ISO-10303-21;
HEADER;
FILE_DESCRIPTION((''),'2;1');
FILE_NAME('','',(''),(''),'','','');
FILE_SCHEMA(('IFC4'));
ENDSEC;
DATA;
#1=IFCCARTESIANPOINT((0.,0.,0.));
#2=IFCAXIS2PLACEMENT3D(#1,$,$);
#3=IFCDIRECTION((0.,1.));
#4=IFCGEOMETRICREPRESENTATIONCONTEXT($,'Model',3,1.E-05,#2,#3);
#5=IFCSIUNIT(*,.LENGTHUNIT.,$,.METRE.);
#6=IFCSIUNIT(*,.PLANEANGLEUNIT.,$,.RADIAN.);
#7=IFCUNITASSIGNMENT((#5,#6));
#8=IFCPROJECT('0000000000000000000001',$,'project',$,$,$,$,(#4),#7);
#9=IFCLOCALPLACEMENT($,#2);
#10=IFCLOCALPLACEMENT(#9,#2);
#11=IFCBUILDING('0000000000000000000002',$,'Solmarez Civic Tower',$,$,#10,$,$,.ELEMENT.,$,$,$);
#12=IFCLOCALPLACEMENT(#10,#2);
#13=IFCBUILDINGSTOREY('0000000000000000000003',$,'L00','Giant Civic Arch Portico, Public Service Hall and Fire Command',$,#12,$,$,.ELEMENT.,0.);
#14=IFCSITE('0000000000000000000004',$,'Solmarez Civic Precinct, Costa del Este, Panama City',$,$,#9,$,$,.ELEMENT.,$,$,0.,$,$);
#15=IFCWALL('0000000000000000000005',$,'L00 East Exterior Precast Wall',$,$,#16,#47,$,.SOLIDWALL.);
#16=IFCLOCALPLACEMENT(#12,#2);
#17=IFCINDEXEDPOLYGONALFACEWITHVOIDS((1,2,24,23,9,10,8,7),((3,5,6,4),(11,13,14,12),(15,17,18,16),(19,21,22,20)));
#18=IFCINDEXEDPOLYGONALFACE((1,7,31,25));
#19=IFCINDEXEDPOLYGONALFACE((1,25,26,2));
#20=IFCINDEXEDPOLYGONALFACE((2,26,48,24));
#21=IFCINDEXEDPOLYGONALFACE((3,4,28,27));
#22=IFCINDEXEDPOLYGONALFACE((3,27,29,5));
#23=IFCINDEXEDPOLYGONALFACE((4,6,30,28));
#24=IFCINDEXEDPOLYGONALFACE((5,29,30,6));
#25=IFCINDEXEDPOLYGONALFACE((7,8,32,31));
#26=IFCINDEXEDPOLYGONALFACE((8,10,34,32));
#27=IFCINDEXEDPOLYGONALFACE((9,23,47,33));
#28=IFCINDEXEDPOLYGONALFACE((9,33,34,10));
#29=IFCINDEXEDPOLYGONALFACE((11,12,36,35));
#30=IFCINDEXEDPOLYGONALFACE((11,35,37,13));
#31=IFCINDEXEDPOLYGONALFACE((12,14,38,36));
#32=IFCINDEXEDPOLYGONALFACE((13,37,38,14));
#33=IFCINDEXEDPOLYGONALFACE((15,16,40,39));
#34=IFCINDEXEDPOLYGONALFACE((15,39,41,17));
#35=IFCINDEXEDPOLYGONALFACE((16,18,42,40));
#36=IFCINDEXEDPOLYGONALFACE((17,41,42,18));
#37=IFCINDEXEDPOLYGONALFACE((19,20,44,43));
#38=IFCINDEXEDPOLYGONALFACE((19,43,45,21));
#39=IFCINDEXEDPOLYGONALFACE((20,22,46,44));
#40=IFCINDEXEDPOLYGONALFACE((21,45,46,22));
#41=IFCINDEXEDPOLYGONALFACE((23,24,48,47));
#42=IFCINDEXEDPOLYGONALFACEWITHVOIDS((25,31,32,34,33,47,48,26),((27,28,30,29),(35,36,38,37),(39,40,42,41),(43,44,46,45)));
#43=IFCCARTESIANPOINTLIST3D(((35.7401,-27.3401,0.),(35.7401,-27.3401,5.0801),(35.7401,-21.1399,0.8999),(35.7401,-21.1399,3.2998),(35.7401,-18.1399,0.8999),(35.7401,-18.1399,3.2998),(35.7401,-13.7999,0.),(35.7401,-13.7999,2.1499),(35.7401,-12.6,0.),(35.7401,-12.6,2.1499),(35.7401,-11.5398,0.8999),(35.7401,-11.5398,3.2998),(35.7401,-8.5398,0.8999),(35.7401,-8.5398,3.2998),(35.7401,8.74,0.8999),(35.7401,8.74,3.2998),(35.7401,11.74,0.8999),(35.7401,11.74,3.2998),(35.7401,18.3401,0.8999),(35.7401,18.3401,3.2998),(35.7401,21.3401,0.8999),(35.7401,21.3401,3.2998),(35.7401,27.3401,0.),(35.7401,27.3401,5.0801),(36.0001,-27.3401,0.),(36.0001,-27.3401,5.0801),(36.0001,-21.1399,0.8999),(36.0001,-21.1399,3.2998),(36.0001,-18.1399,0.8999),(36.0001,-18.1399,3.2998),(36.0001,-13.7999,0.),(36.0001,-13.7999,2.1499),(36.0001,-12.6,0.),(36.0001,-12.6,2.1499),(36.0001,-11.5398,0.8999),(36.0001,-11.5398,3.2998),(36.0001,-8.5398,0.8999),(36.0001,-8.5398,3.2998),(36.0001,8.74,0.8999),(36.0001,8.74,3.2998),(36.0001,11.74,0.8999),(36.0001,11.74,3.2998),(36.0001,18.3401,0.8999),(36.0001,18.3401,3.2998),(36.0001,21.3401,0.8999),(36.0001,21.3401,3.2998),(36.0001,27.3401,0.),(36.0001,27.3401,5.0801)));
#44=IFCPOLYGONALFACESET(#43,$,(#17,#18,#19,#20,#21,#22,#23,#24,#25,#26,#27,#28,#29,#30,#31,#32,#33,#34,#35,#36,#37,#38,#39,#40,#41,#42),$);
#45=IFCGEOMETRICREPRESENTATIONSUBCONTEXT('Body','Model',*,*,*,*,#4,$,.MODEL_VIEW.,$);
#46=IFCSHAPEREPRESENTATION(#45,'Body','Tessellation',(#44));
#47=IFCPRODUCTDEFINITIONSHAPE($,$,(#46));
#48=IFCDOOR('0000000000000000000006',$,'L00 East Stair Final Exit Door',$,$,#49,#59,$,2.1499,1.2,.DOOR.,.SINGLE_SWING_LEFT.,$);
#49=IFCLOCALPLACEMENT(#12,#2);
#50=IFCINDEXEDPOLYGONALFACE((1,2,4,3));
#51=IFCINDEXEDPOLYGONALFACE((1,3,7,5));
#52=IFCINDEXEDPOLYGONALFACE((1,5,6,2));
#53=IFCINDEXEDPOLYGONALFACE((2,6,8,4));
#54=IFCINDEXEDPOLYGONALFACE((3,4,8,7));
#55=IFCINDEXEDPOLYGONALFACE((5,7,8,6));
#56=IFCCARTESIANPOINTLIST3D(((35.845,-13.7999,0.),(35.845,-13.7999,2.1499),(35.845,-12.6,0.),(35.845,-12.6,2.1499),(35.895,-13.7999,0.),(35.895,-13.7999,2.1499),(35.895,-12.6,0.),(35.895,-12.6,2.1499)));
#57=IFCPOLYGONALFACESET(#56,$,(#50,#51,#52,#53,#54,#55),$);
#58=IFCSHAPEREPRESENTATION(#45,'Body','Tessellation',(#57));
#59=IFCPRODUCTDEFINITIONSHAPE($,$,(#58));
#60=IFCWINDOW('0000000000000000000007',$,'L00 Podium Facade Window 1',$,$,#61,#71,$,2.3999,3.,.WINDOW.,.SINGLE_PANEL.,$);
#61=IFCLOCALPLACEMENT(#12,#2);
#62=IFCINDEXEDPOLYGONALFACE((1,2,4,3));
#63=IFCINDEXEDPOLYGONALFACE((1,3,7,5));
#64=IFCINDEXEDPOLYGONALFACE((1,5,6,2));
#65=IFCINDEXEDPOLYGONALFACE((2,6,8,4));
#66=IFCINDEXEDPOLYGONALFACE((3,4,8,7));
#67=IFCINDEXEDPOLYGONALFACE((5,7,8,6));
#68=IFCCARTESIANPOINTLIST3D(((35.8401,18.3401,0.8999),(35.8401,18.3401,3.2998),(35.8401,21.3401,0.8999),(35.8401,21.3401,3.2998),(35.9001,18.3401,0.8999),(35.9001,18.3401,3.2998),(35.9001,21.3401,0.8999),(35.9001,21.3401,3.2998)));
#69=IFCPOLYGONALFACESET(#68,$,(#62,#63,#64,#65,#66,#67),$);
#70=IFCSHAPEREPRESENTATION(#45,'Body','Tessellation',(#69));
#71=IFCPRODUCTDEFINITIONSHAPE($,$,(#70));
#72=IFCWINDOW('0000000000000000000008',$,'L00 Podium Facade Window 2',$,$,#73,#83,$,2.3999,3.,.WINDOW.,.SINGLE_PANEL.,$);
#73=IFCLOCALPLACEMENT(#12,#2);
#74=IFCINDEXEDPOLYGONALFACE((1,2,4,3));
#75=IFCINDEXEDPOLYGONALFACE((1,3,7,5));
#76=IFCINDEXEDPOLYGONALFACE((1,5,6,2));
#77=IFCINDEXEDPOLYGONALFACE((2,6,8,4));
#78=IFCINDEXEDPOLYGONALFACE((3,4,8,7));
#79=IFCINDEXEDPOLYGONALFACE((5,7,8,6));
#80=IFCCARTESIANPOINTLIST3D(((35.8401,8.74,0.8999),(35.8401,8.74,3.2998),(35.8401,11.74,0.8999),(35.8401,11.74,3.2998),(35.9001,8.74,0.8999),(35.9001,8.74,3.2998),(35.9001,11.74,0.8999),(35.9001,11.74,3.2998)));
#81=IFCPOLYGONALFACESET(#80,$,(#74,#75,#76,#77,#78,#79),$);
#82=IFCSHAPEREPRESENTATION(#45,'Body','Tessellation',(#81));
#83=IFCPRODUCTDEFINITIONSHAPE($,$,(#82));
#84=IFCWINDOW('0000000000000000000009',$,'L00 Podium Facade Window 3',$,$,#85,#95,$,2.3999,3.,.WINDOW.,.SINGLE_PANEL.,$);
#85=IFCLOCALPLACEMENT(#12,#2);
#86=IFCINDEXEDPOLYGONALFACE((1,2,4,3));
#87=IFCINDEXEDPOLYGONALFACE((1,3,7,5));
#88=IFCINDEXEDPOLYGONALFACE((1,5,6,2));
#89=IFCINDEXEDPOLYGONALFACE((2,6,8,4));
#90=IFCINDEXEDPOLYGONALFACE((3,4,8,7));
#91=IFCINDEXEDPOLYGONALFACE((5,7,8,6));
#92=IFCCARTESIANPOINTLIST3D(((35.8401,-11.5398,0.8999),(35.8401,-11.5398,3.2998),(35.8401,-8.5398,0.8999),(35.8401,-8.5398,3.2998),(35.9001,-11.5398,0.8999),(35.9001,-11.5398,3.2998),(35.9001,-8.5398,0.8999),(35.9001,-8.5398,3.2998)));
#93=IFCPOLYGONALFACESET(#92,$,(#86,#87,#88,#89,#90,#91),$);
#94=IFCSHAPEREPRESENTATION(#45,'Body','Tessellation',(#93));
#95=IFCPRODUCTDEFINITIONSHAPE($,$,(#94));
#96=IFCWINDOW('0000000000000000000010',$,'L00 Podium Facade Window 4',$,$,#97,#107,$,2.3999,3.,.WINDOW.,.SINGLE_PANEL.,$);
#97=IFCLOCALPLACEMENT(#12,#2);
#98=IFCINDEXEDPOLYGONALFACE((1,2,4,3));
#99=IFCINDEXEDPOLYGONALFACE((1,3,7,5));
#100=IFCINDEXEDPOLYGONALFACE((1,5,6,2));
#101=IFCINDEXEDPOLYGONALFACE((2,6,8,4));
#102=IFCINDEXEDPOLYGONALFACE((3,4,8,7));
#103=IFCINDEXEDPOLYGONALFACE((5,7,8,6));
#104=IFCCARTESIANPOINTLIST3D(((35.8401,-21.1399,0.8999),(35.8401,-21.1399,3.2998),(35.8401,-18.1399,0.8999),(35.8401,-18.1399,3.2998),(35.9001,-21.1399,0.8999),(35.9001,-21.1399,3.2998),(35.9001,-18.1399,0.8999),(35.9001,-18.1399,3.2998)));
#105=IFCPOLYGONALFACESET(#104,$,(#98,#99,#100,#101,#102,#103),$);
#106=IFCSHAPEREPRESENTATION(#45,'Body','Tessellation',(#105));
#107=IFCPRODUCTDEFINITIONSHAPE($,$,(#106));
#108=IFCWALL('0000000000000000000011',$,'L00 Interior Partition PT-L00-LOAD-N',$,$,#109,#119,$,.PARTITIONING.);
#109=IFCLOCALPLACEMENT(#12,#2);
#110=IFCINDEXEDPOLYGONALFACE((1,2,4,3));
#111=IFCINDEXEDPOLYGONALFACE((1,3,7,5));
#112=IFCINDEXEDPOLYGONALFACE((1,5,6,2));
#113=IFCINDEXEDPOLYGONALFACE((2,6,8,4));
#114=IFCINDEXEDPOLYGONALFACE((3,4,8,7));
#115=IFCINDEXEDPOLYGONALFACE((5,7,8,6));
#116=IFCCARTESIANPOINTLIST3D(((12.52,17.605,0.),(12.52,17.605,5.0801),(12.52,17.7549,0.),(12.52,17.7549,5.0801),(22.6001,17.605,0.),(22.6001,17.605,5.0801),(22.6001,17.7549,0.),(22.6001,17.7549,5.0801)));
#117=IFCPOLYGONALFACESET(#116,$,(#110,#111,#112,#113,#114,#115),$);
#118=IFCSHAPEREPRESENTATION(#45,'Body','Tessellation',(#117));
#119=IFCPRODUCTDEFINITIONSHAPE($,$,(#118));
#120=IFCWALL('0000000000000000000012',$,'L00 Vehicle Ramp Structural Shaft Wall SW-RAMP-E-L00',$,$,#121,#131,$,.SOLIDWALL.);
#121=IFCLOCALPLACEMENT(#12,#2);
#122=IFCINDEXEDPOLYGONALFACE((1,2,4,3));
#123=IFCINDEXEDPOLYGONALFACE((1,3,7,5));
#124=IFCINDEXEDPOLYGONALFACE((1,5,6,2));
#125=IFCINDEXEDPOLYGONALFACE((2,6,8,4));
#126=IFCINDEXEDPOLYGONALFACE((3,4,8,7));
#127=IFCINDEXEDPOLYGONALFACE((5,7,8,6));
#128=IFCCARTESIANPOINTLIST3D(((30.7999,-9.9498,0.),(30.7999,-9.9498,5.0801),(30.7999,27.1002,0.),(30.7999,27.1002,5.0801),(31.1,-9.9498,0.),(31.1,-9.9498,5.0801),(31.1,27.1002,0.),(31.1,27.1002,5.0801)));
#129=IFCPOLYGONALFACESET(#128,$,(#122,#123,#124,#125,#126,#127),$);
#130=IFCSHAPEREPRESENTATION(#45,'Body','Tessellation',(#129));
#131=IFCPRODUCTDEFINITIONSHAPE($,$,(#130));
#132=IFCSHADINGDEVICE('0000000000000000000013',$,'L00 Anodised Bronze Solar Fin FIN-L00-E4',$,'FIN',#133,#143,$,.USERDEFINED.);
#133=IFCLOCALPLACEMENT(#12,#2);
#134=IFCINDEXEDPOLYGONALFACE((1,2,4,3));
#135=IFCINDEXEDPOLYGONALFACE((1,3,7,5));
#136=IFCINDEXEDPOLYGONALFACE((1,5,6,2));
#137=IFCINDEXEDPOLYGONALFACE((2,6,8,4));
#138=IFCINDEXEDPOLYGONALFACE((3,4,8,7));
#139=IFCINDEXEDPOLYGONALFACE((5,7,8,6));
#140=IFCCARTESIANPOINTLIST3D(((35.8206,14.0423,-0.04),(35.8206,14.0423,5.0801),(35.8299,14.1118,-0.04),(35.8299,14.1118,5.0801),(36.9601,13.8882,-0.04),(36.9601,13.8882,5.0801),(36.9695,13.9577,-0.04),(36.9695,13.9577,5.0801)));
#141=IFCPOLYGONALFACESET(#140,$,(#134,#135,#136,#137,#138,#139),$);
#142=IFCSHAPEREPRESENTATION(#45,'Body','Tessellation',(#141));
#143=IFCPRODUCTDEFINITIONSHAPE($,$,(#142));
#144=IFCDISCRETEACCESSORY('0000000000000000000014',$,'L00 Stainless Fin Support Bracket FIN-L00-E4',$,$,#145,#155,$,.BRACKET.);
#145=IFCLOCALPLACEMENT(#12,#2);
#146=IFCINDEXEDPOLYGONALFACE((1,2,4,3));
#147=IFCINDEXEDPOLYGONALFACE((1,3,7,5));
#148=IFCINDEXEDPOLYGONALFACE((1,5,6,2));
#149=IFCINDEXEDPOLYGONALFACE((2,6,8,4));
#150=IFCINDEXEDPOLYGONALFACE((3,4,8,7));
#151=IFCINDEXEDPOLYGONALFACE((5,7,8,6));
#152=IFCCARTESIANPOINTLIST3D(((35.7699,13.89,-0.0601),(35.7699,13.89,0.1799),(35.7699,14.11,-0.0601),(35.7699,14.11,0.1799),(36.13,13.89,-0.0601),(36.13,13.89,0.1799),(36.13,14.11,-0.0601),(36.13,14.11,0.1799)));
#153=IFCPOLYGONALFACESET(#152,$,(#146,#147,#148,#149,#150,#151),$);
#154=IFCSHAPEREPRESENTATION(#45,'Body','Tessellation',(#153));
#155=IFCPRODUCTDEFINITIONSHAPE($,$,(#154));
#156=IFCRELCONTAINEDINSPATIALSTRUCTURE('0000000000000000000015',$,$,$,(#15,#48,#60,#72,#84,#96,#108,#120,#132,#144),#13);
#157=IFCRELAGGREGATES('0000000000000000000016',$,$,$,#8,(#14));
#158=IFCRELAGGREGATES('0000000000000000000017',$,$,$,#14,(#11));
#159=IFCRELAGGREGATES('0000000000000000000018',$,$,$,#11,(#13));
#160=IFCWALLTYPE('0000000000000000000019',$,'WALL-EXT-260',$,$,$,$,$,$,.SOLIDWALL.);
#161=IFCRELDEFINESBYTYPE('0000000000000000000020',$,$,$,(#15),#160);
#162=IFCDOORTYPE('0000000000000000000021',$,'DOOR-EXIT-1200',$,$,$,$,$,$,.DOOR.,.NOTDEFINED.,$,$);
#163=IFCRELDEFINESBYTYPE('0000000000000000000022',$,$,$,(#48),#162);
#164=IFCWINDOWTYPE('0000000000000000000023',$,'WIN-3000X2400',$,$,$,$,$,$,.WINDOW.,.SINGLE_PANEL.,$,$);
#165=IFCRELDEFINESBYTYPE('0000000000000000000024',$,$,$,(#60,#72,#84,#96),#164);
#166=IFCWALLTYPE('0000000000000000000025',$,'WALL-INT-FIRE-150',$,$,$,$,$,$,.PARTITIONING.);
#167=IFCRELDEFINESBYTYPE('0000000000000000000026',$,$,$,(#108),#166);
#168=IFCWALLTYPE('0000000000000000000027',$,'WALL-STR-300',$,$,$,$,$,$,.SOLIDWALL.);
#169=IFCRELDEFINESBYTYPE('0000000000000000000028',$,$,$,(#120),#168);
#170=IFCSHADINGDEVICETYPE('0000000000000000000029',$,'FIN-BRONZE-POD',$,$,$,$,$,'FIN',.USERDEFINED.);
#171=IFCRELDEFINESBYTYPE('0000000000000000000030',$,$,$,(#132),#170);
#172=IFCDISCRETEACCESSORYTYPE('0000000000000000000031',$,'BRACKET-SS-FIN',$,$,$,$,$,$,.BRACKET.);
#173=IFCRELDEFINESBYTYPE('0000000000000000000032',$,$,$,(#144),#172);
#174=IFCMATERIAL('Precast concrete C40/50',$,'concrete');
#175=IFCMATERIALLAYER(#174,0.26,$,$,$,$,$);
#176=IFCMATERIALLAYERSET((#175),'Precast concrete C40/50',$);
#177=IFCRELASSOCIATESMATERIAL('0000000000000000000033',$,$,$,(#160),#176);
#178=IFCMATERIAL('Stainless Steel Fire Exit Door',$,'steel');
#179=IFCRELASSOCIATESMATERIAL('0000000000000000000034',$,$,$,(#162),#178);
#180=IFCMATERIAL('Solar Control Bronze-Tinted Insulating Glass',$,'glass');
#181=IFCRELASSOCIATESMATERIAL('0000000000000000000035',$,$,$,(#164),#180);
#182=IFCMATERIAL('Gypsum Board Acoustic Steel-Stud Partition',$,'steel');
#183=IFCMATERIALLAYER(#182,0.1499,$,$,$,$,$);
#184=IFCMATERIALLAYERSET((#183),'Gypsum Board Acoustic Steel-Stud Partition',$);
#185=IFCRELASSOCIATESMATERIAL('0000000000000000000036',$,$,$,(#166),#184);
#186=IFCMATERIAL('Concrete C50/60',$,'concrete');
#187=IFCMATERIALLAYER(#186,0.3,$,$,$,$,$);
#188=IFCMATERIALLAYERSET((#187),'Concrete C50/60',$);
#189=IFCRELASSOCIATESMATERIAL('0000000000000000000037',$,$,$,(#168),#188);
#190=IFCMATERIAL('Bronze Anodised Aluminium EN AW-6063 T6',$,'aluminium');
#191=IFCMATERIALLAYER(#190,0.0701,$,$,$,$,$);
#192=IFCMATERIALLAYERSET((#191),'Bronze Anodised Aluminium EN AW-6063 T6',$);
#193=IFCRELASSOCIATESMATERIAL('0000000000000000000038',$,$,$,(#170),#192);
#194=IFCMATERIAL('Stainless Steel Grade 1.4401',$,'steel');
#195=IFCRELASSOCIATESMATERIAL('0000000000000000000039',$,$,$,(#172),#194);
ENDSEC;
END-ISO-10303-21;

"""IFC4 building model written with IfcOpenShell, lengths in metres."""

from ifc_helpers import new_model, si_unit, direction, frame, frame_2d, origin, origin_2d, place, context, subcontext, project, spatial, rectangle, extrude, material, layer, layer_set, type_object, element, fill, save


model = new_model("IFC4")

# Units and contexts
model_context = context("Model", 3, precision=1e-05, world=origin(), true_north=direction((0.0, 1.0)))
body_context = subcontext(model_context, "Body", "Model", "MODEL_VIEW")
ifc_project = project(units=[si_unit("LENGTHUNIT", "METRE"), si_unit("PLANEANGLEUNIT", "RADIAN")], contexts=[model_context])

# Site, building, storey
site_placement = place(None, origin())
site = spatial("IfcSite", under=ifc_project, at=site_placement, Name="Solmarez Civic Precinct, Costa del Este, Panama City", CompositionType="ELEMENT", RefElevation=0.0)
building_placement = place(site_placement, origin())
building = spatial("IfcBuilding", under=site, at=building_placement, Name="Solmarez Civic Tower", CompositionType="ELEMENT")
storey_placement = place(building_placement, origin())
storey = spatial("IfcBuildingStorey", under=building, at=storey_placement, Name="L00", Description="Giant Civic Arch Portico, Public Service Hall and Fire Command", CompositionType="ELEMENT", Elevation=0.0)

# Shared definitions
ifc_material_1 = material(Name="Concrete C50/60", Category="concrete")

# Wall, openings, door, windows
ifc_material_2 = material(Name="Precast concrete C40/50", Category="concrete")
ifc_layer_1 = layer(ifc_material_2, 0.26)
ifc_layer_set_1 = layer_set([ifc_layer_1], Name="Precast concrete C40/50")
wall_type_1 = type_object("IfcWallType", Name="WALL-EXT-260", PredefinedType="SOLIDWALL", material=ifc_layer_set_1)
wall_1_placement = place(storey_placement, frame((35.8701, 27.3401, 0.0), z_axis=(0.0, 0.0, 1.0), x_axis=(0.0, -1.0, 0.0)))
wall_1 = element("IfcWall", 1, at=wall_1_placement, inside=storey, type_object=wall_type_1, Name="L00 East Exterior Precast Wall", PredefinedType="SOLIDWALL", context=body_context, shape_type="SweptSolid", body=[
    extrude(rectangle(XDim=54.6802, YDim=0.26, at=frame_2d((27.3401, 0.0))), origin(), (0.0, 0.0, 1.0), 5.0801),
])
opening_1_placement = place(wall_1_placement, frame((39.9399, 0.0, 0.0)))
opening_1 = element("IfcOpeningElement", 2, at=opening_1_placement, cuts=wall_1, PredefinedType="OPENING", context=body_context, shape_type="SweptSolid", body=[
    extrude(rectangle(XDim=1.2, YDim=2.1499, at=frame_2d((0.6001, 1.075))), frame((0.0, 0.1399, 0.0), z_axis=(0.0, -1.0, 0.0), x_axis=(1.0, 0.0, 0.0)), (0.0, 0.0, 1.0), 0.28),
])
opening_2_placement = place(wall_1_placement, frame((6.0, 0.0, 0.8999)))
opening_2 = element("IfcOpeningElement", 3, at=opening_2_placement, cuts=wall_1, PredefinedType="OPENING", context=body_context, shape_type="SweptSolid", body=[
    extrude(rectangle(XDim=3.0, YDim=2.3999, at=frame_2d((1.5, 1.2))), frame((0.0, 0.1399, 0.0), z_axis=(0.0, -1.0, 0.0), x_axis=(1.0, 0.0, 0.0)), (0.0, 0.0, 1.0), 0.28),
])
opening_3_placement = place(wall_1_placement, frame((15.6001, 0.0, 0.8999)))
opening_3 = element("IfcOpeningElement", 4, at=opening_3_placement, cuts=wall_1, PredefinedType="OPENING", context=body_context, shape_type="SweptSolid", body=[
    extrude(rectangle(XDim=3.0, YDim=2.3999, at=frame_2d((1.5, 1.2))), frame((0.0, 0.1399, 0.0), z_axis=(0.0, -1.0, 0.0), x_axis=(1.0, 0.0, 0.0)), (0.0, 0.0, 1.0), 0.28),
])
opening_4_placement = place(wall_1_placement, frame((35.8799, 0.0, 0.8999)))
opening_4 = element("IfcOpeningElement", 5, at=opening_4_placement, cuts=wall_1, PredefinedType="OPENING", context=body_context, shape_type="SweptSolid", body=[
    extrude(rectangle(XDim=3.0, YDim=2.3999, at=frame_2d((1.5, 1.2))), frame((0.0, 0.1399, 0.0), z_axis=(0.0, -1.0, 0.0), x_axis=(1.0, 0.0, 0.0)), (0.0, 0.0, 1.0), 0.28),
])
opening_5_placement = place(wall_1_placement, frame((45.48, 0.0, 0.8999)))
opening_5 = element("IfcOpeningElement", 6, at=opening_5_placement, cuts=wall_1, PredefinedType="OPENING", context=body_context, shape_type="SweptSolid", body=[
    extrude(rectangle(XDim=3.0, YDim=2.3999, at=frame_2d((1.5, 1.2))), frame((0.0, 0.1399, 0.0), z_axis=(0.0, -1.0, 0.0), x_axis=(1.0, 0.0, 0.0)), (0.0, 0.0, 1.0), 0.28),
])
ifc_material_3 = material(Name="Stainless Steel Fire Exit Door", Category="steel")
door_type = type_object("IfcDoorType", Name="DOOR-EXIT-1200", OperationType="NOTDEFINED", PredefinedType="DOOR", material=ifc_material_3)
door_placement = place(opening_1_placement, origin())
door = element("IfcDoor", 7, at=door_placement, inside=storey, type_object=door_type, Name="L00 East Stair Final Exit Door", OperationType="SINGLE_SWING_LEFT", OverallHeight=2.1499, OverallWidth=1.2, PredefinedType="DOOR", context=body_context, shape_type="SweptSolid", body=[
    extrude(rectangle(XDim=1.2, YDim=2.1499, at=frame_2d((0.6001, 1.075))), frame((0.0, 0.0249, 0.0), z_axis=(0.0, -1.0, 0.0), x_axis=(1.0, 0.0, 0.0)), (0.0, 0.0, 1.0), 0.05),
])
fill(opening_1, door)
ifc_material_4 = material(Name="Solar Control Bronze-Tinted Insulating Glass", Category="glass")
window_type = type_object("IfcWindowType", Name="WIN-3000X2400", PartitioningType="SINGLE_PANEL", PredefinedType="WINDOW", material=ifc_material_4)
window_1_placement = place(opening_2_placement, origin())
window_1 = element("IfcWindow", 8, at=window_1_placement, inside=storey, type_object=window_type, Name="L00 Podium Facade Window 1", OverallHeight=2.3999, OverallWidth=3.0, PartitioningType="SINGLE_PANEL", PredefinedType="WINDOW", context=body_context, shape_type="SweptSolid", body=[
    extrude(rectangle(XDim=3.0, YDim=2.3999, at=frame_2d((1.5, 1.2))), frame((0.0, 0.03, 0.0), z_axis=(0.0, -1.0, 0.0), x_axis=(1.0, 0.0, 0.0)), (0.0, 0.0, 1.0), 0.0601),
])
fill(opening_2, window_1)
window_2_placement = place(opening_3_placement, origin())
window_2 = element("IfcWindow", 9, at=window_2_placement, inside=storey, type_object=window_type, Name="L00 Podium Facade Window 2", OverallHeight=2.3999, OverallWidth=3.0, PartitioningType="SINGLE_PANEL", PredefinedType="WINDOW", context=body_context, shape_type="SweptSolid", body=[
    extrude(rectangle(XDim=3.0, YDim=2.3999, at=frame_2d((1.5, 1.2))), frame((0.0, 0.03, 0.0), z_axis=(0.0, -1.0, 0.0), x_axis=(1.0, 0.0, 0.0)), (0.0, 0.0, 1.0), 0.0601),
])
fill(opening_3, window_2)
window_3_placement = place(opening_4_placement, origin())
window_3 = element("IfcWindow", 10, at=window_3_placement, inside=storey, type_object=window_type, Name="L00 Podium Facade Window 3", OverallHeight=2.3999, OverallWidth=3.0, PartitioningType="SINGLE_PANEL", PredefinedType="WINDOW", context=body_context, shape_type="SweptSolid", body=[
    extrude(rectangle(XDim=3.0, YDim=2.3999, at=frame_2d((1.5, 1.2))), frame((0.0, 0.03, 0.0), z_axis=(0.0, -1.0, 0.0), x_axis=(1.0, 0.0, 0.0)), (0.0, 0.0, 1.0), 0.0601),
])
fill(opening_4, window_3)
window_4_placement = place(opening_5_placement, origin())
window_4 = element("IfcWindow", 11, at=window_4_placement, inside=storey, type_object=window_type, Name="L00 Podium Facade Window 4", OverallHeight=2.3999, OverallWidth=3.0, PartitioningType="SINGLE_PANEL", PredefinedType="WINDOW", context=body_context, shape_type="SweptSolid", body=[
    extrude(rectangle(XDim=3.0, YDim=2.3999, at=frame_2d((1.5, 1.2))), frame((0.0, 0.03, 0.0), z_axis=(0.0, -1.0, 0.0), x_axis=(1.0, 0.0, 0.0)), (0.0, 0.0, 1.0), 0.0601),
])
fill(opening_5, window_4)

# Walls
ifc_material_5 = material(Name="Gypsum Board Acoustic Steel-Stud Partition", Category="steel")
ifc_layer_2 = layer(ifc_material_5, 0.1499)
ifc_layer_set_2 = layer_set([ifc_layer_2], Name="Gypsum Board Acoustic Steel-Stud Partition")
wall_type_2 = type_object("IfcWallType", Name="WALL-INT-FIRE-150", PredefinedType="PARTITIONING", material=ifc_layer_set_2)
wall_2_placement = place(storey_placement, frame((12.52, 17.6799, 0.0), z_axis=(0.0, 0.0, 1.0), x_axis=(1.0, 0.0, 0.0)))
element("IfcWall", 12, at=wall_2_placement, inside=storey, type_object=wall_type_2, Name="L00 Interior Partition PT-L00-LOAD-N", PredefinedType="PARTITIONING", context=body_context, shape_type="SweptSolid", body=[
    extrude(rectangle(XDim=10.0801, YDim=0.1499, at=frame_2d((5.04, 0.0))), origin(), (0.0, 0.0, 1.0), 5.0801),
])
ifc_layer_3 = layer(ifc_material_1, 0.3)
ifc_layer_set_3 = layer_set([ifc_layer_3], Name="Concrete C50/60")
wall_type_3 = type_object("IfcWallType", Name="WALL-STR-300", PredefinedType="SOLIDWALL", material=ifc_layer_set_3)
wall_3_placement = place(storey_placement, frame((30.95, 27.1001, 0.0), z_axis=(0.0, 0.0, 1.0), x_axis=(0.0, -1.0, 0.0)))
element("IfcWall", 13, at=wall_3_placement, inside=storey, type_object=wall_type_3, Name="L00 Vehicle Ramp Structural Shaft Wall SW-RAMP-E-L00", PredefinedType="SOLIDWALL", context=body_context, shape_type="SweptSolid", body=[
    extrude(rectangle(XDim=37.05, YDim=0.3, at=frame_2d((18.5249, 0.0))), origin(), (0.0, 0.0, 1.0), 5.0801),
])

# Shading device
ifc_material_6 = material(Name="Bronze Anodised Aluminium EN AW-6063 T6", Category="aluminium")
ifc_layer_4 = layer(ifc_material_6, 0.0701)
ifc_layer_set_4 = layer_set([ifc_layer_4], Name="Bronze Anodised Aluminium EN AW-6063 T6")
shading_device_type = type_object("IfcShadingDeviceType", Name="FIN-BRONZE-POD", ElementType="FIN", PredefinedType="USERDEFINED", material=ifc_layer_set_4)
shading_device_placement = place(storey_placement, frame((36.395, 14.0, -0.04), z_axis=(0.0, 0.0, 1.0), x_axis=(0.990983, -0.133986, 0.0)))
element("IfcShadingDevice", 14, at=shading_device_placement, inside=storey, type_object=shading_device_type, Name="L00 Anodised Bronze Solar Fin FIN-L00-E4", ObjectType="FIN", PredefinedType="USERDEFINED", context=body_context, shape_type="SweptSolid", body=[
    extrude(rectangle(XDim=1.1499, YDim=0.0701, at=origin_2d()), origin(), (0.0, 0.0, 1.0), 5.1201),
])

# Discrete accessory
ifc_material_7 = material(Name="Stainless Steel Grade 1.4401", Category="steel")
discrete_accessory_type = type_object("IfcDiscreteAccessoryType", Name="BRACKET-SS-FIN", PredefinedType="BRACKET", material=ifc_material_7)
discrete_accessory_placement = place(storey_placement, frame((35.95, 14.0, -0.0601), z_axis=(0.0, 0.0, 1.0), x_axis=(1.0, 0.0, 0.0)))
element("IfcDiscreteAccessory", 15, at=discrete_accessory_placement, inside=storey, type_object=discrete_accessory_type, Name="L00 Stainless Fin Support Bracket FIN-L00-E4", PredefinedType="BRACKET", context=body_context, shape_type="SweptSolid", body=[
    extrude(rectangle(XDim=0.3601, YDim=0.22, at=origin_2d()), origin(), (0.0, 0.0, 1.0), 0.24),
])

save(model, "model.ifc")
